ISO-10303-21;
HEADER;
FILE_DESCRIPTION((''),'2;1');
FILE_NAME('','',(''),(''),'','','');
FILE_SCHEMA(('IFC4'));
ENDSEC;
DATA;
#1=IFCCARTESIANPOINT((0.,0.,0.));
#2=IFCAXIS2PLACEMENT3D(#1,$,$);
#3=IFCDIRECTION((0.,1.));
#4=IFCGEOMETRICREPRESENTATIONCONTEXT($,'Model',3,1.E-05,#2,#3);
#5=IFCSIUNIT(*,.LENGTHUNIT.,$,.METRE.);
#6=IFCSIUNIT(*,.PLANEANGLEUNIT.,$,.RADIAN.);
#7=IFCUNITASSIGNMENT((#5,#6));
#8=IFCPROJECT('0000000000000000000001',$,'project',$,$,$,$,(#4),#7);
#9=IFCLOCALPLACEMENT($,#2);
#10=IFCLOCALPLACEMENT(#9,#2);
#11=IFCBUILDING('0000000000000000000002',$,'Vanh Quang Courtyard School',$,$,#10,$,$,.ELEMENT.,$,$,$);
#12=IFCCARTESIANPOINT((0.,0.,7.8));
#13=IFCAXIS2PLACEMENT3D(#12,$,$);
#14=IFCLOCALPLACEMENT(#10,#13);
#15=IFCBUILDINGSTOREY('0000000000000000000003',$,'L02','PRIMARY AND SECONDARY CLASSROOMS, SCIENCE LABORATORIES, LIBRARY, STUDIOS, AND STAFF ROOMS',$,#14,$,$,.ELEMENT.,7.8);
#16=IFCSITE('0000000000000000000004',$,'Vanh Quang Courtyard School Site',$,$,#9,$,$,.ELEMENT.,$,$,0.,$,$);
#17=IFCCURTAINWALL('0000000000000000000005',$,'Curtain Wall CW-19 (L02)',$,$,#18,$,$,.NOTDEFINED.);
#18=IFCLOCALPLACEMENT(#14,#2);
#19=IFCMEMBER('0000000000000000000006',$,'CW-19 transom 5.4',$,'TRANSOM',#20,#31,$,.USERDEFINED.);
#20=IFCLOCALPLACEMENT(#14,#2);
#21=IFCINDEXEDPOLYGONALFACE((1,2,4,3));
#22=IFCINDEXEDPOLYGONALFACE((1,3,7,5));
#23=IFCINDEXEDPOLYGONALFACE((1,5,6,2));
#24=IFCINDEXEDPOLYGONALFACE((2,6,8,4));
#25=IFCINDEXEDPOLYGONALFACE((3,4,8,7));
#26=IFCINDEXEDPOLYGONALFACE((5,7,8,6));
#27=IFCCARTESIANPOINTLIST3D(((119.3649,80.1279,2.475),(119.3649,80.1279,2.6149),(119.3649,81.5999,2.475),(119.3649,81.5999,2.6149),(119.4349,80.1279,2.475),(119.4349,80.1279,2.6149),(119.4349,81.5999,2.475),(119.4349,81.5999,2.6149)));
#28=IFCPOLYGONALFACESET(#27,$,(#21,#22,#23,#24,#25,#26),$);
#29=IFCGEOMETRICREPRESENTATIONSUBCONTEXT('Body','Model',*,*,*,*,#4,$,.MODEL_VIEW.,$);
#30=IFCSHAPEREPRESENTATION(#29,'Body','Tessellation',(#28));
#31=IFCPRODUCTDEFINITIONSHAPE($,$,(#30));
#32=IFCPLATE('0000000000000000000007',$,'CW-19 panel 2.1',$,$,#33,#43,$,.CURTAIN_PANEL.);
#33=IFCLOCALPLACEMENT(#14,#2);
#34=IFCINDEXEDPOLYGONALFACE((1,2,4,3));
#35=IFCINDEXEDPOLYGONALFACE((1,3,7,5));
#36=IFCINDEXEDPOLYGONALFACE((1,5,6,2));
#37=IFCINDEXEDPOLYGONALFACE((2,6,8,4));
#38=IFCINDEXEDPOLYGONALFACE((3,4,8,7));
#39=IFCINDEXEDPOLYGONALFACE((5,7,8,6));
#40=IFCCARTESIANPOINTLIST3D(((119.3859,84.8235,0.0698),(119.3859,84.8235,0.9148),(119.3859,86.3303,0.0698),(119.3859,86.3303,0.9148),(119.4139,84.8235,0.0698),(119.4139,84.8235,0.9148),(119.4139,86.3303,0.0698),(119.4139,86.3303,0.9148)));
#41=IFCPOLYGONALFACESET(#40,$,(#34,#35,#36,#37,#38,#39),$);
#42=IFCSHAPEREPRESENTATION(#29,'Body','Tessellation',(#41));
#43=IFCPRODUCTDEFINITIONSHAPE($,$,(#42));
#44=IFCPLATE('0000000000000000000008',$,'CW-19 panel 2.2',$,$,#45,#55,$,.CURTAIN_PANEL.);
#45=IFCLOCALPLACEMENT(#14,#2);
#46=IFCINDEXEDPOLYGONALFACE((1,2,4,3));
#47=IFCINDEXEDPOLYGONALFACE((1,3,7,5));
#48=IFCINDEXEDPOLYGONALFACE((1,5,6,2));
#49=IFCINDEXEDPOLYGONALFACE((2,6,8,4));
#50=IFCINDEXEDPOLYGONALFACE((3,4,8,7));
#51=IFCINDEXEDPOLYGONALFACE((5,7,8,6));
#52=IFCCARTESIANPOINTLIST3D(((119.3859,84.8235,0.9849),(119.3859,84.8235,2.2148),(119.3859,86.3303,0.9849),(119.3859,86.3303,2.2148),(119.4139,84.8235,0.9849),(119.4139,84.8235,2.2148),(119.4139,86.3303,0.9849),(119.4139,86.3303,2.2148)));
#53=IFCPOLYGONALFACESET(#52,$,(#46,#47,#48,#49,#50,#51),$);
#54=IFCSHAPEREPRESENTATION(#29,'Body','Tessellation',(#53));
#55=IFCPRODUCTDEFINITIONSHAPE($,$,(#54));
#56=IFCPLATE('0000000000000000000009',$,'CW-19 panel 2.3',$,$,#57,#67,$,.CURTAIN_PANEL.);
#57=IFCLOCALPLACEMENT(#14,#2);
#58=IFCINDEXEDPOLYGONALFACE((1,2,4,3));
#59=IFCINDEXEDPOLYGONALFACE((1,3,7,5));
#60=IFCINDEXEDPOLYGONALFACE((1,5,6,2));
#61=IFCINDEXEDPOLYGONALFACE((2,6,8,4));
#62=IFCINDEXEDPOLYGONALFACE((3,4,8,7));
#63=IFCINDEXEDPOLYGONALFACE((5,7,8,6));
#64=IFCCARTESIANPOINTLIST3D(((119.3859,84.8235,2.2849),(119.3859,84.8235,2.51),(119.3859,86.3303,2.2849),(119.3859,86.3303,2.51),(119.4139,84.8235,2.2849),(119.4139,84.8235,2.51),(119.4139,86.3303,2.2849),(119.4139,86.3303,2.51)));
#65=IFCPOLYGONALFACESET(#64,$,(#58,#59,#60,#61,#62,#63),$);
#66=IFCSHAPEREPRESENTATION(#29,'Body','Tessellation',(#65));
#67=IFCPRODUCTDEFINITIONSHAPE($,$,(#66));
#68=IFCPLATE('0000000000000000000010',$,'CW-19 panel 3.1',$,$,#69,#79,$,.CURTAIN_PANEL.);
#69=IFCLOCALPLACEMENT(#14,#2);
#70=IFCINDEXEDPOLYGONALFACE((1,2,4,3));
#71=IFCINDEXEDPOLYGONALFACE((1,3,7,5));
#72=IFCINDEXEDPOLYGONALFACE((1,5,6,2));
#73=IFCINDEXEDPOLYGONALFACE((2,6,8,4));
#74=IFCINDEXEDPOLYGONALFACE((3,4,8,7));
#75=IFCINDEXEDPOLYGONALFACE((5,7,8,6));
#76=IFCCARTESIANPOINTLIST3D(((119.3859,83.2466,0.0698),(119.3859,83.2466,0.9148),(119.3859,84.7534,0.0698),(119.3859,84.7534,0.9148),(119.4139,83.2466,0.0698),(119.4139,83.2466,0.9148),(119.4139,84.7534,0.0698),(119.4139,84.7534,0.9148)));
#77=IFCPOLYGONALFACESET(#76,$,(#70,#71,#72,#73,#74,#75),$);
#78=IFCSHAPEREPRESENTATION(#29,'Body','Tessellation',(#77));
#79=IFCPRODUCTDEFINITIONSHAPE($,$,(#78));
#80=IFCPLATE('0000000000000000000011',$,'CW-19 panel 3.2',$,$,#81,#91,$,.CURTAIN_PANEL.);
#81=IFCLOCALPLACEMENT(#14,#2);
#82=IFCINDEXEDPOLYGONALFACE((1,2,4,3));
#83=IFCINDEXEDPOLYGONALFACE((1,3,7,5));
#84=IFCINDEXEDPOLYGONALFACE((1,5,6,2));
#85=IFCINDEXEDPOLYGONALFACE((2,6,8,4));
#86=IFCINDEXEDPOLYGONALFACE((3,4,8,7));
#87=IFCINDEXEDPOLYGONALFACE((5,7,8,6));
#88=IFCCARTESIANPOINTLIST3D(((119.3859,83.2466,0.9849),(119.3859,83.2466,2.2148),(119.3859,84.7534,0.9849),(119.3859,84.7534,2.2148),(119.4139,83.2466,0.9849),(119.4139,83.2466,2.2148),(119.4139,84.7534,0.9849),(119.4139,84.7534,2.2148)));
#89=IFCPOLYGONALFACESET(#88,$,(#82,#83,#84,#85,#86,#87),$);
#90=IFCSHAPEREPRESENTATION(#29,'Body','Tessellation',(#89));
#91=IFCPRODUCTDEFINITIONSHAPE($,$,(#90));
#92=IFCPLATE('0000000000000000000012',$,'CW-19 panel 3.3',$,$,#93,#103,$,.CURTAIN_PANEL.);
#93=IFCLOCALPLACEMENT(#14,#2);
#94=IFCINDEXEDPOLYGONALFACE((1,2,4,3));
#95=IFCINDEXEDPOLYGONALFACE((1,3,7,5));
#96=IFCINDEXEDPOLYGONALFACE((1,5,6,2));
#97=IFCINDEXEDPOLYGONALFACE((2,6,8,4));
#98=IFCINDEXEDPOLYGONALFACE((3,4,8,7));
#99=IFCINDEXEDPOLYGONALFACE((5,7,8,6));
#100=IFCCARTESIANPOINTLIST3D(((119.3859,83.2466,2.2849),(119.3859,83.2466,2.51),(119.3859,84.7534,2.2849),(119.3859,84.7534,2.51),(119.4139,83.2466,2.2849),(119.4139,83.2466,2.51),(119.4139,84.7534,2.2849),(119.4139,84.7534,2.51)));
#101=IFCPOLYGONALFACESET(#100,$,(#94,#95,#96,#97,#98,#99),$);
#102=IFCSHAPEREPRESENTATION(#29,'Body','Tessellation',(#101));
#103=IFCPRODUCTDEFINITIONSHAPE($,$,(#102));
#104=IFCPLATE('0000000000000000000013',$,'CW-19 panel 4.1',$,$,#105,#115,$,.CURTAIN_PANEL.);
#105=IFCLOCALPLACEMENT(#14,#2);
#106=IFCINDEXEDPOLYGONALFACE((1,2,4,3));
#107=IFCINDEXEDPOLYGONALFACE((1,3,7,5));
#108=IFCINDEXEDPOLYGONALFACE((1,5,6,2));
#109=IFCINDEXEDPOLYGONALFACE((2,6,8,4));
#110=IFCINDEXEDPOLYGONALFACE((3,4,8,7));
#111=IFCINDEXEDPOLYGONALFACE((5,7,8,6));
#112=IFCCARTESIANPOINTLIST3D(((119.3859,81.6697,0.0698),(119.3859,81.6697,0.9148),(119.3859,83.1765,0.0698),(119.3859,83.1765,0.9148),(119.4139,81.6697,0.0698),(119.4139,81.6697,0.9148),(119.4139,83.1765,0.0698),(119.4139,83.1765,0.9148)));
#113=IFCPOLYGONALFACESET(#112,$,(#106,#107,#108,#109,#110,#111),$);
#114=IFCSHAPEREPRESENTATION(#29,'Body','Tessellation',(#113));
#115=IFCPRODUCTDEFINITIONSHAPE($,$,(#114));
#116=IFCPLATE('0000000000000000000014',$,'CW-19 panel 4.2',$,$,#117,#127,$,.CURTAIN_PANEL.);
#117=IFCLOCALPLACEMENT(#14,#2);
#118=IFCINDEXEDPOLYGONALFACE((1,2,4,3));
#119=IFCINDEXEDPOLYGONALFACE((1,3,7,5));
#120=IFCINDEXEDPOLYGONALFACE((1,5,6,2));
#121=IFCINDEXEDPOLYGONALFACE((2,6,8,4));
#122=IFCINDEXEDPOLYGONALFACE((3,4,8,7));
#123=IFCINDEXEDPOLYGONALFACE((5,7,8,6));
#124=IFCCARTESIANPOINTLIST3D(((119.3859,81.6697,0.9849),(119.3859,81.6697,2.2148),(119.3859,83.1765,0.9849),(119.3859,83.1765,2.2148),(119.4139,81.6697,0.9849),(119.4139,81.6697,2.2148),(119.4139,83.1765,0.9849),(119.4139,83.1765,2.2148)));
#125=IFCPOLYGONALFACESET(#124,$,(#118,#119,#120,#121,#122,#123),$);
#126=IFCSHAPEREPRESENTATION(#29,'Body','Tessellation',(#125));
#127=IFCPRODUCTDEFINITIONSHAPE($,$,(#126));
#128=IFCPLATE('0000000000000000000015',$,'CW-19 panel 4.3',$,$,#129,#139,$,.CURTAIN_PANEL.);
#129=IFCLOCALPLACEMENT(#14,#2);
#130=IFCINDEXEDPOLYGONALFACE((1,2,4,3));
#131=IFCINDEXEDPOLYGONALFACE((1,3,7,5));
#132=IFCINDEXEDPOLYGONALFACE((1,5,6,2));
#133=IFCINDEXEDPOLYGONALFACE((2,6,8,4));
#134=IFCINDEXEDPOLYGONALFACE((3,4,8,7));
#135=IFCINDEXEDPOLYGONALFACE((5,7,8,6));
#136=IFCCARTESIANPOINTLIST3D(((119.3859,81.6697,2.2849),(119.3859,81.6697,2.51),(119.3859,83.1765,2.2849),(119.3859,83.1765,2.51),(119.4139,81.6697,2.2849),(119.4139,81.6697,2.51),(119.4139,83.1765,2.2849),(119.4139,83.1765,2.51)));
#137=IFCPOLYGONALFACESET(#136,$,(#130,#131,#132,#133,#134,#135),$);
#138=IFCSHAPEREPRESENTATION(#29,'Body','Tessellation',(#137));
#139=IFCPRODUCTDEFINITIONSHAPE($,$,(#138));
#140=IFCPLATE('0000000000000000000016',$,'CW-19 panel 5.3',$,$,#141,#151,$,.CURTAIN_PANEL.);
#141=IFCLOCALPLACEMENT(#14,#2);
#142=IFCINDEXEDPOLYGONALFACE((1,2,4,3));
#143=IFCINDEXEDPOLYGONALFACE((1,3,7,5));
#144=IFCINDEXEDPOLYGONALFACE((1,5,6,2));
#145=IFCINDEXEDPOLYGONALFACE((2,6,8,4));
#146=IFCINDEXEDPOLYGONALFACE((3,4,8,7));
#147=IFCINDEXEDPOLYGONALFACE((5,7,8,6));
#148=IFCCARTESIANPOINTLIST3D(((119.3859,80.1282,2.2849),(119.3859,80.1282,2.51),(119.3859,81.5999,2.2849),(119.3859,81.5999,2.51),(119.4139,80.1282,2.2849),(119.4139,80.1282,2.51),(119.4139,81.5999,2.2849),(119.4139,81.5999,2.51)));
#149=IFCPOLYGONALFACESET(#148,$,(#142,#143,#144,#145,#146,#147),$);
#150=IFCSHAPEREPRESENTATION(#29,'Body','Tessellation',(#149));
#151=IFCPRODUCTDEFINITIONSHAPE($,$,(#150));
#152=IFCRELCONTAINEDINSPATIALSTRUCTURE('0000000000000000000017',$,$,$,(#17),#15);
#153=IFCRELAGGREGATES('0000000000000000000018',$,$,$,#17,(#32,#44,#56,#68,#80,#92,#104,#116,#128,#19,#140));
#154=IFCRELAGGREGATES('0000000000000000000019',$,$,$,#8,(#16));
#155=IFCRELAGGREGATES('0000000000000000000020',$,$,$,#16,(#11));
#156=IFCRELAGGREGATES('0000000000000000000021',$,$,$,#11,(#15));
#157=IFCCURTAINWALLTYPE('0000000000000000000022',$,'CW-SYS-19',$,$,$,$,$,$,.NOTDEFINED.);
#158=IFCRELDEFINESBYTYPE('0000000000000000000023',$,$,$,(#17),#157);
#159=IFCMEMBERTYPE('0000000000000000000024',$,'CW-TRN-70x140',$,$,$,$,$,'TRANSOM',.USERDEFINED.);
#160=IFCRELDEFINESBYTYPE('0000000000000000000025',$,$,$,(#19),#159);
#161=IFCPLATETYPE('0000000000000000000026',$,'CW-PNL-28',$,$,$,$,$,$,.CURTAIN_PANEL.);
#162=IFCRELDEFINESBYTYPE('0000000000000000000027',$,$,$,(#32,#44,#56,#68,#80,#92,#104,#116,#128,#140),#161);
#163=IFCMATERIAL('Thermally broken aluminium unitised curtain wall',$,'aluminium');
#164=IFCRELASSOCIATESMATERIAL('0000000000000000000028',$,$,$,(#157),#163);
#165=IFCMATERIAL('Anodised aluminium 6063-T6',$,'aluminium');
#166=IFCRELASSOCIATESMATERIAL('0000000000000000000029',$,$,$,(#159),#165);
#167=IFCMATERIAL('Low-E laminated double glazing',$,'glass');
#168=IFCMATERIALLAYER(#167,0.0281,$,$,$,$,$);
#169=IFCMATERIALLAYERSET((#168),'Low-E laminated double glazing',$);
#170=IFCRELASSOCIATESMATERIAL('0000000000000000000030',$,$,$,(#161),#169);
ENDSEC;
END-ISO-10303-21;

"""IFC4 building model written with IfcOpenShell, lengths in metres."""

from ifc_helpers import new_model, si_unit, direction, frame, origin, origin_2d, place, context, subcontext, project, spatial, rectangle, extrude, material, layer, layer_set, material_profile, profile_set, type_object, element, aggregate, save


model = new_model("IFC4")

# Units and contexts
model_context = context("Model", 3, precision=1e-05, world=origin(), true_north=direction((0.0, 1.0)))
body_context = subcontext(model_context, "Body", "Model", "MODEL_VIEW")
ifc_project = project(units=[si_unit("LENGTHUNIT", "METRE"), si_unit("PLANEANGLEUNIT", "RADIAN")], contexts=[model_context])

# Site, building, storey
site_placement = place(None, origin())
site = spatial("IfcSite", under=ifc_project, at=site_placement, Name="Vanh Quang Courtyard School Site", CompositionType="ELEMENT", RefElevation=0.0)
building_placement = place(site_placement, origin())
building = spatial("IfcBuilding", under=site, at=building_placement, Name="Vanh Quang Courtyard School", CompositionType="ELEMENT")
storey_placement = place(building_placement, frame((0.0, 0.0, 7.8)))
storey = spatial("IfcBuildingStorey", under=building, at=storey_placement, Name="L02", Description="PRIMARY AND SECONDARY CLASSROOMS, SCIENCE LABORATORIES, LIBRARY, STUDIOS, AND STAFF ROOMS", CompositionType="ELEMENT", Elevation=7.8)

# Curtain wall, member, plates
ifc_material_1 = material(Name="Thermally broken aluminium unitised curtain wall", Category="aluminium")
curtain_wall_type = type_object("IfcCurtainWallType", Name="CW-SYS-19", PredefinedType="NOTDEFINED", material=ifc_material_1)
curtain_wall_placement = place(storey_placement, origin())
curtain_wall = element("IfcCurtainWall", 1, at=curtain_wall_placement, inside=storey, type_object=curtain_wall_type, Name="Curtain Wall CW-19 (L02)", PredefinedType="NOTDEFINED")
ifc_material_2 = material(Name="Anodised aluminium 6063-T6", Category="aluminium")
ifc_material_profile_1 = material_profile(ifc_material_2, rectangle(XDim=0.0701, YDim=0.1399, at=origin_2d()), Name="ALU-TRN 70x140")
ifc_profile_set_1 = profile_set([ifc_material_profile_1], Name="Anodised aluminium 6063-T6")
member_type_1 = type_object("IfcMemberType", Name="CW-TRN-70x140", ElementType="TRANSOM", PredefinedType="USERDEFINED", material=ifc_profile_set_1)
member_1_placement = place(storey_placement, frame((119.3999, 81.5999, 2.5449), z_axis=(0.0, -1.0, 0.0), x_axis=(1.0, 0.0, 0.0)))
member_1 = element("IfcMember", 2, at=member_1_placement, type_object=member_type_1, Name="CW-19 transom 5.4", ObjectType="TRANSOM", PredefinedType="USERDEFINED", context=body_context, shape_type="SweptSolid", body=[
    extrude(rectangle(XDim=0.0701, YDim=0.1399, at=origin_2d()), origin(), (0.0, 0.0, 1.0), 1.4719),
])
ifc_material_3 = material(Name="Low-E laminated double glazing", Category="glass")
ifc_layer = layer(ifc_material_3, 0.0281)
ifc_layer_set = layer_set([ifc_layer], Name="Low-E laminated double glazing")
plate_type = type_object("IfcPlateType", Name="CW-PNL-28", PredefinedType="CURTAIN_PANEL", material=ifc_layer_set)
plate_1_placement = place(storey_placement, frame((119.3999, 85.5769, 0.0698), z_axis=(0.0, 0.0, 1.0), x_axis=(0.0, -1.0, 0.0)))
plate_1 = element("IfcPlate", 3, at=plate_1_placement, type_object=plate_type, Name="CW-19 panel 2.1", PredefinedType="CURTAIN_PANEL", context=body_context, shape_type="SweptSolid", body=[
    extrude(rectangle(XDim=1.5068, YDim=0.0281, at=origin_2d()), origin(), (0.0, 0.0, 1.0), 0.845),
])
plate_2_placement = place(storey_placement, frame((119.3999, 85.5769, 0.9849), z_axis=(0.0, 0.0, 1.0), x_axis=(0.0, -1.0, 0.0)))
plate_2 = element("IfcPlate", 4, at=plate_2_placement, type_object=plate_type, Name="CW-19 panel 2.2", PredefinedType="CURTAIN_PANEL", context=body_context, shape_type="SweptSolid", body=[
    extrude(rectangle(XDim=1.5068, YDim=0.0281, at=origin_2d()), origin(), (0.0, 0.0, 1.0), 1.23),
])
plate_3_placement = place(storey_placement, frame((119.3999, 85.5769, 2.2849), z_axis=(0.0, 0.0, 1.0), x_axis=(0.0, -1.0, 0.0)))
plate_3 = element("IfcPlate", 5, at=plate_3_placement, type_object=plate_type, Name="CW-19 panel 2.3", PredefinedType="CURTAIN_PANEL", context=body_context, shape_type="SweptSolid", body=[
    extrude(rectangle(XDim=1.5068, YDim=0.0281, at=origin_2d()), origin(), (0.0, 0.0, 1.0), 0.2251),
])
plate_4_placement = place(storey_placement, frame((119.3999, 84.0, 0.0698), z_axis=(0.0, 0.0, 1.0), x_axis=(0.0, -1.0, 0.0)))
plate_4 = element("IfcPlate", 6, at=plate_4_placement, type_object=plate_type, Name="CW-19 panel 3.1", PredefinedType="CURTAIN_PANEL", context=body_context, shape_type="SweptSolid", body=[
    extrude(rectangle(XDim=1.5068, YDim=0.0281, at=origin_2d()), origin(), (0.0, 0.0, 1.0), 0.845),
])
plate_5_placement = place(storey_placement, frame((119.3999, 84.0, 0.9849), z_axis=(0.0, 0.0, 1.0), x_axis=(0.0, -1.0, 0.0)))
plate_5 = element("IfcPlate", 7, at=plate_5_placement, type_object=plate_type, Name="CW-19 panel 3.2", PredefinedType="CURTAIN_PANEL", context=body_context, shape_type="SweptSolid", body=[
    extrude(rectangle(XDim=1.5068, YDim=0.0281, at=origin_2d()), origin(), (0.0, 0.0, 1.0), 1.23),
])
plate_6_placement = place(storey_placement, frame((119.3999, 84.0, 2.2849), z_axis=(0.0, 0.0, 1.0), x_axis=(0.0, -1.0, 0.0)))
plate_6 = element("IfcPlate", 8, at=plate_6_placement, type_object=plate_type, Name="CW-19 panel 3.3", PredefinedType="CURTAIN_PANEL", context=body_context, shape_type="SweptSolid", body=[
    extrude(rectangle(XDim=1.5068, YDim=0.0281, at=origin_2d()), origin(), (0.0, 0.0, 1.0), 0.2251),
])
plate_7_placement = place(storey_placement, frame((119.3999, 82.4231, 0.0698), z_axis=(0.0, 0.0, 1.0), x_axis=(0.0, -1.0, 0.0)))
plate_7 = element("IfcPlate", 9, at=plate_7_placement, type_object=plate_type, Name="CW-19 panel 4.1", PredefinedType="CURTAIN_PANEL", context=body_context, shape_type="SweptSolid", body=[
    extrude(rectangle(XDim=1.5068, YDim=0.0281, at=origin_2d()), origin(), (0.0, 0.0, 1.0), 0.845),
])
plate_8_placement = place(storey_placement, frame((119.3999, 82.4231, 0.9849), z_axis=(0.0, 0.0, 1.0), x_axis=(0.0, -1.0, 0.0)))
plate_8 = element("IfcPlate", 10, at=plate_8_placement, type_object=plate_type, Name="CW-19 panel 4.2", PredefinedType="CURTAIN_PANEL", context=body_context, shape_type="SweptSolid", body=[
    extrude(rectangle(XDim=1.5068, YDim=0.0281, at=origin_2d()), origin(), (0.0, 0.0, 1.0), 1.23),
])
plate_9_placement = place(storey_placement, frame((119.3999, 82.4231, 2.2849), z_axis=(0.0, 0.0, 1.0), x_axis=(0.0, -1.0, 0.0)))
plate_9 = element("IfcPlate", 11, at=plate_9_placement, type_object=plate_type, Name="CW-19 panel 4.3", PredefinedType="CURTAIN_PANEL", context=body_context, shape_type="SweptSolid", body=[
    extrude(rectangle(XDim=1.5068, YDim=0.0281, at=origin_2d()), origin(), (0.0, 0.0, 1.0), 0.2251),
])
plate_10_placement = place(storey_placement, frame((119.3999, 80.864, 2.2849), z_axis=(0.0, 0.0, 1.0), x_axis=(0.0, -1.0, 0.0)))
plate_10 = element("IfcPlate", 12, at=plate_10_placement, type_object=plate_type, Name="CW-19 panel 5.3", PredefinedType="CURTAIN_PANEL", context=body_context, shape_type="SweptSolid", body=[
    extrude(rectangle(XDim=1.4717, YDim=0.0281, at=origin_2d()), origin(), (0.0, 0.0, 1.0), 0.2251),
])
aggregate(curtain_wall, [plate_1, plate_2, plate_3, plate_4, plate_5, plate_6, plate_7, plate_8, plate_9, member_1, plate_10])

save(model, "model.ifc")
